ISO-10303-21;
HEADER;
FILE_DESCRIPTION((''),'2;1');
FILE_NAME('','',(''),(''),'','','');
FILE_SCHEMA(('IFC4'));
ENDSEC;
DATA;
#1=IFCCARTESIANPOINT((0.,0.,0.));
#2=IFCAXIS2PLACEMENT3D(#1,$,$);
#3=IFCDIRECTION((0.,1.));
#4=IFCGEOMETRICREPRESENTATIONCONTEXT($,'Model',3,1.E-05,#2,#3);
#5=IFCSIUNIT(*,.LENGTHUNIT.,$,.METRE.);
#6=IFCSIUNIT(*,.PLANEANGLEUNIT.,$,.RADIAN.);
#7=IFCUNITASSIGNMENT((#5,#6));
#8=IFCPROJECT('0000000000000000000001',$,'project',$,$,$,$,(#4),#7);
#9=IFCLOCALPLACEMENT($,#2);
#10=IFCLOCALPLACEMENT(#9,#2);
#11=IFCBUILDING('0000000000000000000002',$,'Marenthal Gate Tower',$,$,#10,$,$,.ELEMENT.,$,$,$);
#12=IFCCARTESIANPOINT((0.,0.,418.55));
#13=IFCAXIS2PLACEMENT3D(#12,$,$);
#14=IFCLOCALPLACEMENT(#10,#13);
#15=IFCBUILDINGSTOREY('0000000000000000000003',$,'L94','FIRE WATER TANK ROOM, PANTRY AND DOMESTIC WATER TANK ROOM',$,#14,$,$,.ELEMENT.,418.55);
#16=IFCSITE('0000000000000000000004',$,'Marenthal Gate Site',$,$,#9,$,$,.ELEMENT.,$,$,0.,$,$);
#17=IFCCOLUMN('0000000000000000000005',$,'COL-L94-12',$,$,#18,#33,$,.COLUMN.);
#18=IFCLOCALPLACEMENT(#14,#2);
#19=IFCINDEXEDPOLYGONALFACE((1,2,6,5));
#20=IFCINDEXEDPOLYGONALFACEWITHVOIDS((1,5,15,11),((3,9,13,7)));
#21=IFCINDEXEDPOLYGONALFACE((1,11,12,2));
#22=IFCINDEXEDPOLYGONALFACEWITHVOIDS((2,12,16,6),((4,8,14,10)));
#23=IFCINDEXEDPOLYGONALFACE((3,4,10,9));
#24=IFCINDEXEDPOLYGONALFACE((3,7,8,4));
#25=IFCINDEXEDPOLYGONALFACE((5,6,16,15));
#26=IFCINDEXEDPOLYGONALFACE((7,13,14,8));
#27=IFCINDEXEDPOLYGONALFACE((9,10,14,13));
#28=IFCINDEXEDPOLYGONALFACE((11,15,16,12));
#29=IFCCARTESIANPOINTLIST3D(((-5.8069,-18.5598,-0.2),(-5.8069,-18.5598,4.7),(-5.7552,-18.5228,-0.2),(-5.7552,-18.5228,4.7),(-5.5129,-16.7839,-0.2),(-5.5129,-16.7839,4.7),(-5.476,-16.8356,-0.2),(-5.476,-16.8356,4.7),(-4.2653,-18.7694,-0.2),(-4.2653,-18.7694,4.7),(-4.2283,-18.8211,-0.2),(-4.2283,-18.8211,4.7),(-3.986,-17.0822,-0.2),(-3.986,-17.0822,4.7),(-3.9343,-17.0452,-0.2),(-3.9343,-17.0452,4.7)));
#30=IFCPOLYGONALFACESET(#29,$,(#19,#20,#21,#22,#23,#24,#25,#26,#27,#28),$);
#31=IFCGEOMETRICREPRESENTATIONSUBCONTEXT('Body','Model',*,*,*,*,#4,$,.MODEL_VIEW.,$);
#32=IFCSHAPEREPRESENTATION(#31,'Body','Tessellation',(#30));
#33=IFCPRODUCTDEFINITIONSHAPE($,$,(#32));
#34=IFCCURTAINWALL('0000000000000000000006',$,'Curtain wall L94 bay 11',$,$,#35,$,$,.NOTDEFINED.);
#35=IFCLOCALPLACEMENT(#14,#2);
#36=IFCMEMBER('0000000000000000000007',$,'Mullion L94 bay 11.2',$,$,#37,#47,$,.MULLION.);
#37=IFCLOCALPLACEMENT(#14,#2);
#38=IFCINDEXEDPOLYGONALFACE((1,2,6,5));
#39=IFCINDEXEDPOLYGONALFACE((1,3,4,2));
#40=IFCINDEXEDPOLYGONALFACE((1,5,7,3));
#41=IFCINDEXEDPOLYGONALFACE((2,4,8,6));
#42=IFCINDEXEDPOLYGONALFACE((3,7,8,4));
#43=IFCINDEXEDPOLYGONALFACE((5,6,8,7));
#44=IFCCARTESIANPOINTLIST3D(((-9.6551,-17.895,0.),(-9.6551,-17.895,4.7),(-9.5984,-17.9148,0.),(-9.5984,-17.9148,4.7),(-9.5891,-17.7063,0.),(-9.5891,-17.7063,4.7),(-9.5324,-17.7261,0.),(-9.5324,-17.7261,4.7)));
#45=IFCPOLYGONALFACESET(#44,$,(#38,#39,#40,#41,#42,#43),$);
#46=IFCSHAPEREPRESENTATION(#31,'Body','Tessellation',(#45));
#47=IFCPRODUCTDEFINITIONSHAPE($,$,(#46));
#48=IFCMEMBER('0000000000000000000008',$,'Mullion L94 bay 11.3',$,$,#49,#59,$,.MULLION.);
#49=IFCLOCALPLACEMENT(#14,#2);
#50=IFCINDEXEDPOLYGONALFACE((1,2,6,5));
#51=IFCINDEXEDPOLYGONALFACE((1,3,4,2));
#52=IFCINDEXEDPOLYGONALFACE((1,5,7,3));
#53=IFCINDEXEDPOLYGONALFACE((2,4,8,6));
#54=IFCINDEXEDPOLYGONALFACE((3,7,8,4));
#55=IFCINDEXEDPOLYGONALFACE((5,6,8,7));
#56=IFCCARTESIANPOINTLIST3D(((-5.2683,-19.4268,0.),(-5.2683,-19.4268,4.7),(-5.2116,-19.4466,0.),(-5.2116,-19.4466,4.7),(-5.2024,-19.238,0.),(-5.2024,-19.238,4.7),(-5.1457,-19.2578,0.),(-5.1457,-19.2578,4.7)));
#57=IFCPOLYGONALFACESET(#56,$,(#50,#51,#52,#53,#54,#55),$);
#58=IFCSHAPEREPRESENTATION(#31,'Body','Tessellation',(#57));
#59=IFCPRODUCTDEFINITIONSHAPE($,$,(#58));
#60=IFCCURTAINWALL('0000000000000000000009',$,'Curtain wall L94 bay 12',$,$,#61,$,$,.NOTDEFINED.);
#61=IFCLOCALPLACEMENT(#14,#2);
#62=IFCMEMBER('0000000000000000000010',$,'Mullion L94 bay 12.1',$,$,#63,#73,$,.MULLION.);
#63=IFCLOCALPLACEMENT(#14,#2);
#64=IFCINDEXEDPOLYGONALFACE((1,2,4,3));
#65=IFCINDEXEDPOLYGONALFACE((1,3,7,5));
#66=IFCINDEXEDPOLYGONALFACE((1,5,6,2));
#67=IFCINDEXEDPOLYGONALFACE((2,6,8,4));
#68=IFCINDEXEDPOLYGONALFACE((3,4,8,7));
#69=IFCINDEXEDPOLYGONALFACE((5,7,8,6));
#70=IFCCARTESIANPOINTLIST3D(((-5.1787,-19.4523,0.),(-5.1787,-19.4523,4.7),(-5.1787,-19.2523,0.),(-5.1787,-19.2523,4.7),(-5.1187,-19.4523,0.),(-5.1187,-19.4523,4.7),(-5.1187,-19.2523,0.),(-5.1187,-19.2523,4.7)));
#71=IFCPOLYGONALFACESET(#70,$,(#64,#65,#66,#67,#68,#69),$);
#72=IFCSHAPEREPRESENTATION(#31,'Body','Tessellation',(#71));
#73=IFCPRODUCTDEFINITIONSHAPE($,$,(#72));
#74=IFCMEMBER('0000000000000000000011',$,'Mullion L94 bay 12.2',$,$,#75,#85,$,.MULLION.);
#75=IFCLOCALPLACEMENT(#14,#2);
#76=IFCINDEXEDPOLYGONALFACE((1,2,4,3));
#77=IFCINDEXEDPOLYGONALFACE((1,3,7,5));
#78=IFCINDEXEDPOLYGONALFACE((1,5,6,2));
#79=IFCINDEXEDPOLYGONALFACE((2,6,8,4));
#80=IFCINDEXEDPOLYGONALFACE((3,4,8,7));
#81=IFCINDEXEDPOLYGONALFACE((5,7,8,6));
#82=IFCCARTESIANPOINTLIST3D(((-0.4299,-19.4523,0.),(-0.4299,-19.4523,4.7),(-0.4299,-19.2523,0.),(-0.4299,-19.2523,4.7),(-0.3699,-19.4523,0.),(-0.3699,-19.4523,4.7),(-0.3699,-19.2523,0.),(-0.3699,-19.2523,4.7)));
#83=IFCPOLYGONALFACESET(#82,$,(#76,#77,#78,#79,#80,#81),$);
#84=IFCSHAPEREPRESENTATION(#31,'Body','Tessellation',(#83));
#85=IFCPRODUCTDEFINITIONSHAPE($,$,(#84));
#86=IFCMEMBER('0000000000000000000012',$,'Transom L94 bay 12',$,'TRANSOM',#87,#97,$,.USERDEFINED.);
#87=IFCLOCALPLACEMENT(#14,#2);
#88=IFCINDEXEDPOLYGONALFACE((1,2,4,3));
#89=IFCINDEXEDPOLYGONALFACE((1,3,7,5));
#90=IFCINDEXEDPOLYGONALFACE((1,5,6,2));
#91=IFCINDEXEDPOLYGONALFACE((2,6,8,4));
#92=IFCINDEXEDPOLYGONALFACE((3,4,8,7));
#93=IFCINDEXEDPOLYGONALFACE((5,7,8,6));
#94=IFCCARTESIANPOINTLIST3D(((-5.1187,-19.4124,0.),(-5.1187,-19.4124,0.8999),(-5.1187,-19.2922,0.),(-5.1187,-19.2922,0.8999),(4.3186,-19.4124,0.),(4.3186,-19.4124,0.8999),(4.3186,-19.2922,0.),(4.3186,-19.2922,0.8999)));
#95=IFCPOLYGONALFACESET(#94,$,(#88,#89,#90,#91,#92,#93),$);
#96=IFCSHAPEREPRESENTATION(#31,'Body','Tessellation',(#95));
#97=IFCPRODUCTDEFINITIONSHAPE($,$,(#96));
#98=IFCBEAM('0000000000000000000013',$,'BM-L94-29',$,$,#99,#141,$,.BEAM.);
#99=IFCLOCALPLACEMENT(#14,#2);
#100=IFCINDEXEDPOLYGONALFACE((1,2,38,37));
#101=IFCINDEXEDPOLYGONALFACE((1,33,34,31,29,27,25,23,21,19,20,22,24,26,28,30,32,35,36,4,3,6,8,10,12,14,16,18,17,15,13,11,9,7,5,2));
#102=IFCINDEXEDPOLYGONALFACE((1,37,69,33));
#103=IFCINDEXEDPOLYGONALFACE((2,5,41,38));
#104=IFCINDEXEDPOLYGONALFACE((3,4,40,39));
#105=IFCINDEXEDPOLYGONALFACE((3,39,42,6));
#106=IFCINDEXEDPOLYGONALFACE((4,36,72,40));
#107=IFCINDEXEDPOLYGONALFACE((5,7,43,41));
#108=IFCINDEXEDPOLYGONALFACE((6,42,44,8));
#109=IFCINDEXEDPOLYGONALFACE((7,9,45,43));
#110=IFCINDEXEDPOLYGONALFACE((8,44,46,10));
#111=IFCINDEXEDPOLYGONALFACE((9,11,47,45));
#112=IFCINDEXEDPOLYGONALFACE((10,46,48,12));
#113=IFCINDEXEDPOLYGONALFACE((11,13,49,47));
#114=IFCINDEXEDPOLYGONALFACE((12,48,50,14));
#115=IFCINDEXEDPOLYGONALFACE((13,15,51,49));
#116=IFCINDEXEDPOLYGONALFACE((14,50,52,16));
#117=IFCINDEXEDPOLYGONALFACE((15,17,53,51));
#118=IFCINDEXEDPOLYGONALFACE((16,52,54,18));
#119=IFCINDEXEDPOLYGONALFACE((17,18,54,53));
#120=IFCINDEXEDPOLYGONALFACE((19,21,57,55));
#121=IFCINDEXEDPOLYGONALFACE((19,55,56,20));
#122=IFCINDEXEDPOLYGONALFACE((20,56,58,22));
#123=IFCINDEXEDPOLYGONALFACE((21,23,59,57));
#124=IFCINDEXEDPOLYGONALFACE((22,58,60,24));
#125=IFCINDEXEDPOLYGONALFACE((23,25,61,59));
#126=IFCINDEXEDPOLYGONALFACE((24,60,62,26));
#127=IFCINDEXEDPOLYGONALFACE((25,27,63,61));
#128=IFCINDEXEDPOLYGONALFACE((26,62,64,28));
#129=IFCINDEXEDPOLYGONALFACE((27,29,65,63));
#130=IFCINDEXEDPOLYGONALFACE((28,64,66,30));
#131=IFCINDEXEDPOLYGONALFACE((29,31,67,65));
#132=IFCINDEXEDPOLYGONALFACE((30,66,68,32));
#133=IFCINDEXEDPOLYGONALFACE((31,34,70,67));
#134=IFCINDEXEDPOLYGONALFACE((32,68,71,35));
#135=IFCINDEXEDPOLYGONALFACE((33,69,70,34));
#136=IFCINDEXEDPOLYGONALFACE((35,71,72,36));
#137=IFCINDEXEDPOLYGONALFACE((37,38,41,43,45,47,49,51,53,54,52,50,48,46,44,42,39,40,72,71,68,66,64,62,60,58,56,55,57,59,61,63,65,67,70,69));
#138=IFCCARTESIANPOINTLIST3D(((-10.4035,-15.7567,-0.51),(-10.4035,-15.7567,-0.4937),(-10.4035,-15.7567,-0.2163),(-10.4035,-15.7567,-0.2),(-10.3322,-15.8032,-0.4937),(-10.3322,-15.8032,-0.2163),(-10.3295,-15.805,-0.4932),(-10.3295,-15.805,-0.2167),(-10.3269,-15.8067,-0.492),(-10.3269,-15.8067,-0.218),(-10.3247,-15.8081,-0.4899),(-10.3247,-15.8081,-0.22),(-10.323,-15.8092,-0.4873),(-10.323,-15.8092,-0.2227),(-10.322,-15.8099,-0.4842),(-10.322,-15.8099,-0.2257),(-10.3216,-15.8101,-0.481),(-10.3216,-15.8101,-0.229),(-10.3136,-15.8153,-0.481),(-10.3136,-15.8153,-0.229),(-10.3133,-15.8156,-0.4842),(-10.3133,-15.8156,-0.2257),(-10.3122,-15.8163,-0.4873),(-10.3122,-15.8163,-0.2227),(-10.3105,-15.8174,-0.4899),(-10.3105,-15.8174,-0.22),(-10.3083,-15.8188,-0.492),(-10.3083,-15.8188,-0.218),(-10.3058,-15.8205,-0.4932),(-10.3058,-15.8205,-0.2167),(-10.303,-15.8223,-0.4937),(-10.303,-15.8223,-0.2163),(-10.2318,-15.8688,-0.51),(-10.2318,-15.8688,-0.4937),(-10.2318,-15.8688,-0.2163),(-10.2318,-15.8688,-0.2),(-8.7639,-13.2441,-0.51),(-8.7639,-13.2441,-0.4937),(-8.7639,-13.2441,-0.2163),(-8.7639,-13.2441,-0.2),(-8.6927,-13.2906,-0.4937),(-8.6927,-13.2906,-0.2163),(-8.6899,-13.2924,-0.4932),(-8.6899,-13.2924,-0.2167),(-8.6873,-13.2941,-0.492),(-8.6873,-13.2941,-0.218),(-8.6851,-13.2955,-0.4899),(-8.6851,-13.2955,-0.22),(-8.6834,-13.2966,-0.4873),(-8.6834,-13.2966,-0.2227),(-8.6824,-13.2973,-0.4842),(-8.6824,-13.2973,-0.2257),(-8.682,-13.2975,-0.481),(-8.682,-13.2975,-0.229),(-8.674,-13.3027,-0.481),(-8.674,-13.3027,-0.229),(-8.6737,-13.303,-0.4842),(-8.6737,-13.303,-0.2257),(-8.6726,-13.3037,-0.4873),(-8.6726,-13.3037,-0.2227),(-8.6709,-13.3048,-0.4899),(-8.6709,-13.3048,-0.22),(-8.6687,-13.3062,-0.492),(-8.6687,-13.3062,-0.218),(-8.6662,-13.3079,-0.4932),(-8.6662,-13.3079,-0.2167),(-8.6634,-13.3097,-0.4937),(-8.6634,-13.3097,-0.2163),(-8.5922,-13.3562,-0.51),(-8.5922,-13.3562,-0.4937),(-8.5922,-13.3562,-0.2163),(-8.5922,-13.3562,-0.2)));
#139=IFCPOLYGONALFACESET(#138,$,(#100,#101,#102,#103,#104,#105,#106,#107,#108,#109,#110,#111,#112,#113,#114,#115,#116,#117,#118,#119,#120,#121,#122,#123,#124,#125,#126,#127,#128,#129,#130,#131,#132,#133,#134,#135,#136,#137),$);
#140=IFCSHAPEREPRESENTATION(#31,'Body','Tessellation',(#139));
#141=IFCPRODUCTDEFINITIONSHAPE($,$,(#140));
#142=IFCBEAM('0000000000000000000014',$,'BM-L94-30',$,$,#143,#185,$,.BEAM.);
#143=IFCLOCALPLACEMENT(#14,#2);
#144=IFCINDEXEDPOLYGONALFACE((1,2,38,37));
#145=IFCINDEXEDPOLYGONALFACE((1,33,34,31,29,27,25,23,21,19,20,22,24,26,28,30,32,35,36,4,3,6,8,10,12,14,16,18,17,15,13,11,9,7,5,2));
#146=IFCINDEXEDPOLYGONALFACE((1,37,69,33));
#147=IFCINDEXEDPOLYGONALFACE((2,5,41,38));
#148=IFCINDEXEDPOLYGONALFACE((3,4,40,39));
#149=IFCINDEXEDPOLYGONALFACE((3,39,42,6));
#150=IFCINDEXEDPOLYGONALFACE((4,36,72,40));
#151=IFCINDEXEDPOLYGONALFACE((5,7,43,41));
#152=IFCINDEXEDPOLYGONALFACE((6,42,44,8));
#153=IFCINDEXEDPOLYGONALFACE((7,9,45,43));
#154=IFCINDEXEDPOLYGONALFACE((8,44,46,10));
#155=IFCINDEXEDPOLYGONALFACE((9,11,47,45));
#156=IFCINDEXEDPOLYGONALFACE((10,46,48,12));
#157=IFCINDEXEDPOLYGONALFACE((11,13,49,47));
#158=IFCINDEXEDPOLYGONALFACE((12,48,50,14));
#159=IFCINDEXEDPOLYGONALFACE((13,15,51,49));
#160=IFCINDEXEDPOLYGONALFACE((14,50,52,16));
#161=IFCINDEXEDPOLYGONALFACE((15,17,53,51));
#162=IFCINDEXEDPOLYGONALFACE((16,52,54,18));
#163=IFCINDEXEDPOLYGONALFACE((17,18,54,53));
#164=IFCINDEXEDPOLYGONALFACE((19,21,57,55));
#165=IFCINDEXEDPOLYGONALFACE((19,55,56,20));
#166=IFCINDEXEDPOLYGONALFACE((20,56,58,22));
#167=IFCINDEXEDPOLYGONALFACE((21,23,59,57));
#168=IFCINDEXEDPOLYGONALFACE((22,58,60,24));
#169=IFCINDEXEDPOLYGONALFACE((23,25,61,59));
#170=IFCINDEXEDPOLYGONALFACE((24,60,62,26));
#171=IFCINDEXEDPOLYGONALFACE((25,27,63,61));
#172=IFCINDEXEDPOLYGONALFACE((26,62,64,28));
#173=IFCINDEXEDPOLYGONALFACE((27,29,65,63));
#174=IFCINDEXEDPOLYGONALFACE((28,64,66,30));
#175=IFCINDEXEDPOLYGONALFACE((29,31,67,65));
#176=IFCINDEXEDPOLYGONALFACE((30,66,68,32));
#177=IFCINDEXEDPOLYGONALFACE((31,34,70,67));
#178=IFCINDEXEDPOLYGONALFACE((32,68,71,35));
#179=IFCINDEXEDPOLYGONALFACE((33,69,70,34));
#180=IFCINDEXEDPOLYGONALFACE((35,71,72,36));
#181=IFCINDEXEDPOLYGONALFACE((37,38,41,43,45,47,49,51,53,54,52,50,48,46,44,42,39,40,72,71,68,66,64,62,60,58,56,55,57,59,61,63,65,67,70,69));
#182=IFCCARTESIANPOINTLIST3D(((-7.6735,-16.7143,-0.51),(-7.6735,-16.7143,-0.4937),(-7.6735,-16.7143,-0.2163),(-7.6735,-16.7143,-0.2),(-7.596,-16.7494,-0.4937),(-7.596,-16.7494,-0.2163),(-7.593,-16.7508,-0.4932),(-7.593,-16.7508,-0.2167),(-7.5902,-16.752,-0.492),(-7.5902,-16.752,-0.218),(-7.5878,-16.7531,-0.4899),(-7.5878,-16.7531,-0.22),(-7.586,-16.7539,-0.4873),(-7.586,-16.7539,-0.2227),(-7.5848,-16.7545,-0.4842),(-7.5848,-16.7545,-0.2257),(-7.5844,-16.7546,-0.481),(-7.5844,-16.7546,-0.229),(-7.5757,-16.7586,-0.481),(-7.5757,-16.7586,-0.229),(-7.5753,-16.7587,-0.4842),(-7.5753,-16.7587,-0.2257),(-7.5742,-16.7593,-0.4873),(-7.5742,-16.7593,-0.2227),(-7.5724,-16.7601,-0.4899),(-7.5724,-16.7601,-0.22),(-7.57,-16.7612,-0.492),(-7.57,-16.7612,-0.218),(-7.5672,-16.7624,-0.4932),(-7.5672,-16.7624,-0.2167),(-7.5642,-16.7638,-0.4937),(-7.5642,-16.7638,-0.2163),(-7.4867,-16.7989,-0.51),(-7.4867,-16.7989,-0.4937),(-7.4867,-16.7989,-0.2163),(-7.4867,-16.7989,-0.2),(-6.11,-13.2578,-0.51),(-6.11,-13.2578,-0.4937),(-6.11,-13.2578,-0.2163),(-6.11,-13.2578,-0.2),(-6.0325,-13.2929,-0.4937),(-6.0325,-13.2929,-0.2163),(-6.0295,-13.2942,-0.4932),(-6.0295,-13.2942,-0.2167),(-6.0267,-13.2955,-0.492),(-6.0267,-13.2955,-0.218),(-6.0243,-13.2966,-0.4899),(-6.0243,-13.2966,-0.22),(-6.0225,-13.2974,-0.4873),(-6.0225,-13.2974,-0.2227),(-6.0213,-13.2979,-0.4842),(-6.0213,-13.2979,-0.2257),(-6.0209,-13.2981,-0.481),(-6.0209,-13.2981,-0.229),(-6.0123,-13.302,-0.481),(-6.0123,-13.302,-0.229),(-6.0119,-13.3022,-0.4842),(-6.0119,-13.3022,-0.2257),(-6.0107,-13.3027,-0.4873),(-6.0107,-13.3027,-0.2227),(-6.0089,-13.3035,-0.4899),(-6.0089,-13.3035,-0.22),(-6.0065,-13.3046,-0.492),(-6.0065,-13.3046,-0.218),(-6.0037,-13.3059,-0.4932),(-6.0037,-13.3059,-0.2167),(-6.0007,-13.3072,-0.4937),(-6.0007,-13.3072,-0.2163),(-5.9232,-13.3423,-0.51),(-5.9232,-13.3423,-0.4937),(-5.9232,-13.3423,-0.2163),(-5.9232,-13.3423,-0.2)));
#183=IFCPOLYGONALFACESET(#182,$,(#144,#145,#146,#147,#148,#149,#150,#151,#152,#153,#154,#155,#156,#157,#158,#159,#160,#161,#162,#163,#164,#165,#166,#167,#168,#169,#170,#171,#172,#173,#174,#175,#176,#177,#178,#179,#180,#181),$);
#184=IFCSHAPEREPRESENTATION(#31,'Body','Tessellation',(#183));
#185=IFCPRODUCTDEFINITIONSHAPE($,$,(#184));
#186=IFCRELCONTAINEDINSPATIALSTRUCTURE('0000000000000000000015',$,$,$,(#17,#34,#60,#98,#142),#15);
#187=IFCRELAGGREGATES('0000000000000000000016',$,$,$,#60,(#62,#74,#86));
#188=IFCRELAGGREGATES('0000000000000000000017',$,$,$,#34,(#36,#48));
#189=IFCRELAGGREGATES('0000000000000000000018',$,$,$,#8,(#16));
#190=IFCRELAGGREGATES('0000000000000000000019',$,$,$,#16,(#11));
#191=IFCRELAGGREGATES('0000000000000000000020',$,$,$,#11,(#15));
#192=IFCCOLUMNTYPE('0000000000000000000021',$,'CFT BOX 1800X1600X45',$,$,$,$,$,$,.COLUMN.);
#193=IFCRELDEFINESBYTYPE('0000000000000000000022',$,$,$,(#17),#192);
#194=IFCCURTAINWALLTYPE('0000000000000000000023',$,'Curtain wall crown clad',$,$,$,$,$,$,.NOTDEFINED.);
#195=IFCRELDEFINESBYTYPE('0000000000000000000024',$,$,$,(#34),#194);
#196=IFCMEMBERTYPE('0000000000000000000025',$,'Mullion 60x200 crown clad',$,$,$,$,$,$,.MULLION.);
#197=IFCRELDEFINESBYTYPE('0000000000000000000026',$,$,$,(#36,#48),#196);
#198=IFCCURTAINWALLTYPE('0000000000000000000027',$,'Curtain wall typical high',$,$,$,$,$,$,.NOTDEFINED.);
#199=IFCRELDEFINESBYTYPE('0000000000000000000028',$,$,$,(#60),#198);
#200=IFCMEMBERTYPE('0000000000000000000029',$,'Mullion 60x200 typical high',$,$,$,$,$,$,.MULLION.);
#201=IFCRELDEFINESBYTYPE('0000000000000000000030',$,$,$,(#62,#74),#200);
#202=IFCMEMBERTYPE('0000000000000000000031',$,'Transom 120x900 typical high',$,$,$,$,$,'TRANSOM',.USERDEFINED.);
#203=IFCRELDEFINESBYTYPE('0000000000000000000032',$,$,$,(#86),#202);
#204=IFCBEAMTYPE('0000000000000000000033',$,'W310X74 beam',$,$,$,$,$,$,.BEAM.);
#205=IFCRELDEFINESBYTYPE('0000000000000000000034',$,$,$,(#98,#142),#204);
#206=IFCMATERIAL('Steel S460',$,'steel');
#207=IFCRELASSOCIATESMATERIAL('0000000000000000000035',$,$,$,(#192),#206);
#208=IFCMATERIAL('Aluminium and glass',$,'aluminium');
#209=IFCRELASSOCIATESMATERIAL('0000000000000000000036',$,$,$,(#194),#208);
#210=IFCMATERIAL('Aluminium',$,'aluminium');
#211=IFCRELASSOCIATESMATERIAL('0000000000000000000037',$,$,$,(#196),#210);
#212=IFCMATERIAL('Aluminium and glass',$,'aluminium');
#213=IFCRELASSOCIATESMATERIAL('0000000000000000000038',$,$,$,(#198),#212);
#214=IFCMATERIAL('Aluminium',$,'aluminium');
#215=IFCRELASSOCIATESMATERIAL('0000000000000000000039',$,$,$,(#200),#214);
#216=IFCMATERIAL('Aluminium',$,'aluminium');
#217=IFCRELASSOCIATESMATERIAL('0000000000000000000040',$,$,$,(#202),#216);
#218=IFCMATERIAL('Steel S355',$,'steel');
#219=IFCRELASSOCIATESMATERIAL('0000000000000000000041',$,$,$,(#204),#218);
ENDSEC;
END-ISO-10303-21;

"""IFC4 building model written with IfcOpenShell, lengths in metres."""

from ifc_helpers import new_model, si_unit, direction, frame, origin, origin_2d, place, context, subcontext, project, spatial, rectangle, hollow_rectangle, i_section, extrude, material, material_profile, profile_set, type_object, element, aggregate, save


model = new_model("IFC4")

# Units and contexts
model_context = context("Model", 3, precision=1e-05, world=origin(), true_north=direction((0.0, 1.0)))
body_context = subcontext(model_context, "Body", "Model", "MODEL_VIEW")
ifc_project = project(units=[si_unit("LENGTHUNIT", "METRE"), si_unit("PLANEANGLEUNIT", "RADIAN")], contexts=[model_context])

# Site, building, storey
site_placement = place(None, origin())
site = spatial("IfcSite", under=ifc_project, at=site_placement, Name="Marenthal Gate Site", CompositionType="ELEMENT", RefElevation=0.0)
building_placement = place(site_placement, origin())
building = spatial("IfcBuilding", under=site, at=building_placement, Name="Marenthal Gate Tower", CompositionType="ELEMENT")
storey_placement = place(building_placement, frame((0.0, 0.0, 418.55)))
storey = spatial("IfcBuildingStorey", under=building, at=storey_placement, Name="L94", Description="FIRE WATER TANK ROOM, PANTRY AND DOMESTIC WATER TANK ROOM", CompositionType="ELEMENT", Elevation=418.55)

# Column
ifc_material_1 = material(Name="Steel S460", Category="steel")
ifc_material_profile_1 = material_profile(ifc_material_1, hollow_rectangle(XDim=1.6001, YDim=1.8, WallThickness=0.0449, at=origin_2d()), Name="CFT BOX 1800X1600X45")
ifc_material_2 = material(Name="Concrete 70 MPa", Category="concrete")
ifc_material_profile_2 = material_profile(ifc_material_2, rectangle(XDim=1.51, YDim=1.71, at=origin_2d()), Name="CFT BOX 1800X1600X45 INFILL")
ifc_profile_set_1 = profile_set([ifc_material_profile_1, ifc_material_profile_2], Name="Steel S460 shell, Concrete 70 MPa infill")
column_type = type_object("IfcColumnType", Name="CFT BOX 1800X1600X45", PredefinedType="COLUMN", material=ifc_profile_set_1)
column_placement = place(storey_placement, frame((-4.8706, -17.8025, -0.2), z_axis=(0.0, 0.0, 1.0), x_axis=(-0.986576, 0.163305, 0.0)))
element("IfcColumn", 1, at=column_placement, inside=storey, type_object=column_type, Name="COL-L94-12", PredefinedType="COLUMN", context=body_context, shape_type="SweptSolid", body=[
    extrude(hollow_rectangle(XDim=1.6001, YDim=1.8, WallThickness=0.0449, at=origin_2d()), origin(), (0.0, 0.0, 1.0), 4.8999),
])

# Curtain walls, members
ifc_material_3 = material(Name="Aluminium and glass", Category="aluminium")
curtain_wall_type_1 = type_object("IfcCurtainWallType", Name="Curtain wall crown clad", PredefinedType="NOTDEFINED", material=ifc_material_3)
curtain_wall_1_placement = place(storey_placement, origin())
curtain_wall_1 = element("IfcCurtainWall", 2, at=curtain_wall_1_placement, inside=storey, type_object=curtain_wall_type_1, Name="Curtain wall L94 bay 11", PredefinedType="NOTDEFINED")
ifc_material_4 = material(Name="Aluminium", Category="aluminium")
ifc_material_profile_3 = material_profile(ifc_material_4, rectangle(XDim=0.2, YDim=0.0601, at=origin_2d()), Name="60x200 aluminium mullion")
ifc_profile_set_2 = profile_set([ifc_material_profile_3], Name="Aluminium")
member_type_1 = type_object("IfcMemberType", Name="Mullion 60x200 crown clad", PredefinedType="MULLION", material=ifc_profile_set_2)
member_1_placement = place(storey_placement, frame((-9.5938, -17.8105, 0.0), z_axis=(0.0, 0.0, 1.0), x_axis=(0.329655, 0.944101, 0.0)))
member_1 = element("IfcMember", 3, at=member_1_placement, type_object=member_type_1, Name="Mullion L94 bay 11.2", PredefinedType="MULLION", context=body_context, shape_type="SweptSolid", body=[
    extrude(rectangle(XDim=0.2, YDim=0.0601, at=origin_2d()), origin(), (0.0, 0.0, 1.0), 4.7),
])
member_2_placement = place(storey_placement, frame((-5.207, -19.3423, 0.0), z_axis=(0.0, 0.0, 1.0), x_axis=(0.329655, 0.944101, 0.0)))
member_2 = element("IfcMember", 4, at=member_2_placement, type_object=member_type_1, Name="Mullion L94 bay 11.3", PredefinedType="MULLION", context=body_context, shape_type="SweptSolid", body=[
    extrude(rectangle(XDim=0.2, YDim=0.0601, at=origin_2d()), origin(), (0.0, 0.0, 1.0), 4.7),
])
ifc_material_5 = material(Name="Aluminium and glass", Category="aluminium")
curtain_wall_type_2 = type_object("IfcCurtainWallType", Name="Curtain wall typical high", PredefinedType="NOTDEFINED", material=ifc_material_5)
curtain_wall_2_placement = place(storey_placement, origin())
curtain_wall_2 = element("IfcCurtainWall", 5, at=curtain_wall_2_placement, inside=storey, type_object=curtain_wall_type_2, Name="Curtain wall L94 bay 12", PredefinedType="NOTDEFINED")
ifc_material_6 = material(Name="Aluminium", Category="aluminium")
ifc_material_profile_4 = material_profile(ifc_material_6, rectangle(XDim=0.2, YDim=0.0601, at=origin_2d()), Name="60x200 aluminium mullion")
ifc_profile_set_3 = profile_set([ifc_material_profile_4], Name="Aluminium")
member_type_2 = type_object("IfcMemberType", Name="Mullion 60x200 typical high", PredefinedType="MULLION", material=ifc_profile_set_3)
member_3_placement = place(storey_placement, frame((-5.1487, -19.3523, 0.0), z_axis=(0.0, 0.0, 1.0), x_axis=(0.0, 1.0, 0.0)))
member_3 = element("IfcMember", 6, at=member_3_placement, type_object=member_type_2, Name="Mullion L94 bay 12.1", PredefinedType="MULLION", context=body_context, shape_type="SweptSolid", body=[
    extrude(rectangle(XDim=0.2, YDim=0.0601, at=origin_2d()), origin(), (0.0, 0.0, 1.0), 4.7),
])
member_4_placement = place(storey_placement, frame((-0.3999, -19.3523, 0.0), z_axis=(0.0, 0.0, 1.0), x_axis=(0.0, 1.0, 0.0)))
member_4 = element("IfcMember", 7, at=member_4_placement, type_object=member_type_2, Name="Mullion L94 bay 12.2", PredefinedType="MULLION", context=body_context, shape_type="SweptSolid", body=[
    extrude(rectangle(XDim=0.2, YDim=0.0601, at=origin_2d()), origin(), (0.0, 0.0, 1.0), 4.7),
])
ifc_material_7 = material(Name="Aluminium", Category="aluminium")
ifc_material_profile_5 = material_profile(ifc_material_7, rectangle(XDim=0.1201, YDim=0.8999, at=origin_2d()), Name="120x900 aluminium transom")
ifc_profile_set_4 = profile_set([ifc_material_profile_5], Name="Aluminium")
member_type_3 = type_object("IfcMemberType", Name="Transom 120x900 typical high", ElementType="TRANSOM", PredefinedType="USERDEFINED", material=ifc_profile_set_4)
member_5_placement = place(storey_placement, frame((-5.1187, -19.3523, 0.45), z_axis=(1.0, 0.0, 0.0), x_axis=(0.0, 1.0, 0.0)))
member_5 = element("IfcMember", 8, at=member_5_placement, type_object=member_type_3, Name="Transom L94 bay 12", ObjectType="TRANSOM", PredefinedType="USERDEFINED", context=body_context, shape_type="SweptSolid", body=[
    extrude(rectangle(XDim=0.1201, YDim=0.8999, at=origin_2d()), origin(), (0.0, 0.0, 1.0), 9.4373),
])

# Beams
ifc_material_8 = material(Name="Steel S355", Category="steel")
ifc_material_profile_6 = material_profile(ifc_material_8, i_section(OverallWidth=0.2051, OverallDepth=0.3101, WebThickness=0.0095, FlangeThickness=0.0164, FilletRadius=0.0127, at=origin_2d()), Name="W310X74")
ifc_profile_set_5 = profile_set([ifc_material_profile_6], Name="Steel S355")
beam_type_1 = type_object("IfcBeamType", Name="W310X74 beam", PredefinedType="BEAM", material=ifc_profile_set_5)
beam_1_placement = place(storey_placement, frame((-10.3176, -15.8127, -0.355), z_axis=(0.546486, 0.837468, 0.0), x_axis=(-0.837468, 0.546486, 0.0)))
element("IfcBeam", 9, at=beam_1_placement, inside=storey, type_object=beam_type_1, Name="BM-L94-29", PredefinedType="BEAM", context=body_context, shape_type="SweptSolid", body=[
    extrude(i_section(OverallWidth=0.2051, OverallDepth=0.3101, WebThickness=0.0095, FlangeThickness=0.0164, FilletRadius=0.0127, at=origin_2d()), origin(), (0.0, 0.0, 1.0), 3.0002),
])
beam_2_placement = place(storey_placement, frame((-7.5801, -16.7566, -0.355), z_axis=(0.412125, 0.911127, 0.0), x_axis=(-0.911127, 0.412125, 0.0)))
element("IfcBeam", 10, at=beam_2_placement, inside=storey, type_object=beam_type_1, Name="BM-L94-30", PredefinedType="BEAM", context=body_context, shape_type="SweptSolid", body=[
    extrude(i_section(OverallWidth=0.2051, OverallDepth=0.3101, WebThickness=0.0095, FlangeThickness=0.0164, FilletRadius=0.0127, at=origin_2d()), origin(), (0.0, 0.0, 1.0), 3.7937),
])

aggregate(curtain_wall_2, [member_3, member_4, member_5])
aggregate(curtain_wall_1, [member_1, member_2])

save(model, "model.ifc")
